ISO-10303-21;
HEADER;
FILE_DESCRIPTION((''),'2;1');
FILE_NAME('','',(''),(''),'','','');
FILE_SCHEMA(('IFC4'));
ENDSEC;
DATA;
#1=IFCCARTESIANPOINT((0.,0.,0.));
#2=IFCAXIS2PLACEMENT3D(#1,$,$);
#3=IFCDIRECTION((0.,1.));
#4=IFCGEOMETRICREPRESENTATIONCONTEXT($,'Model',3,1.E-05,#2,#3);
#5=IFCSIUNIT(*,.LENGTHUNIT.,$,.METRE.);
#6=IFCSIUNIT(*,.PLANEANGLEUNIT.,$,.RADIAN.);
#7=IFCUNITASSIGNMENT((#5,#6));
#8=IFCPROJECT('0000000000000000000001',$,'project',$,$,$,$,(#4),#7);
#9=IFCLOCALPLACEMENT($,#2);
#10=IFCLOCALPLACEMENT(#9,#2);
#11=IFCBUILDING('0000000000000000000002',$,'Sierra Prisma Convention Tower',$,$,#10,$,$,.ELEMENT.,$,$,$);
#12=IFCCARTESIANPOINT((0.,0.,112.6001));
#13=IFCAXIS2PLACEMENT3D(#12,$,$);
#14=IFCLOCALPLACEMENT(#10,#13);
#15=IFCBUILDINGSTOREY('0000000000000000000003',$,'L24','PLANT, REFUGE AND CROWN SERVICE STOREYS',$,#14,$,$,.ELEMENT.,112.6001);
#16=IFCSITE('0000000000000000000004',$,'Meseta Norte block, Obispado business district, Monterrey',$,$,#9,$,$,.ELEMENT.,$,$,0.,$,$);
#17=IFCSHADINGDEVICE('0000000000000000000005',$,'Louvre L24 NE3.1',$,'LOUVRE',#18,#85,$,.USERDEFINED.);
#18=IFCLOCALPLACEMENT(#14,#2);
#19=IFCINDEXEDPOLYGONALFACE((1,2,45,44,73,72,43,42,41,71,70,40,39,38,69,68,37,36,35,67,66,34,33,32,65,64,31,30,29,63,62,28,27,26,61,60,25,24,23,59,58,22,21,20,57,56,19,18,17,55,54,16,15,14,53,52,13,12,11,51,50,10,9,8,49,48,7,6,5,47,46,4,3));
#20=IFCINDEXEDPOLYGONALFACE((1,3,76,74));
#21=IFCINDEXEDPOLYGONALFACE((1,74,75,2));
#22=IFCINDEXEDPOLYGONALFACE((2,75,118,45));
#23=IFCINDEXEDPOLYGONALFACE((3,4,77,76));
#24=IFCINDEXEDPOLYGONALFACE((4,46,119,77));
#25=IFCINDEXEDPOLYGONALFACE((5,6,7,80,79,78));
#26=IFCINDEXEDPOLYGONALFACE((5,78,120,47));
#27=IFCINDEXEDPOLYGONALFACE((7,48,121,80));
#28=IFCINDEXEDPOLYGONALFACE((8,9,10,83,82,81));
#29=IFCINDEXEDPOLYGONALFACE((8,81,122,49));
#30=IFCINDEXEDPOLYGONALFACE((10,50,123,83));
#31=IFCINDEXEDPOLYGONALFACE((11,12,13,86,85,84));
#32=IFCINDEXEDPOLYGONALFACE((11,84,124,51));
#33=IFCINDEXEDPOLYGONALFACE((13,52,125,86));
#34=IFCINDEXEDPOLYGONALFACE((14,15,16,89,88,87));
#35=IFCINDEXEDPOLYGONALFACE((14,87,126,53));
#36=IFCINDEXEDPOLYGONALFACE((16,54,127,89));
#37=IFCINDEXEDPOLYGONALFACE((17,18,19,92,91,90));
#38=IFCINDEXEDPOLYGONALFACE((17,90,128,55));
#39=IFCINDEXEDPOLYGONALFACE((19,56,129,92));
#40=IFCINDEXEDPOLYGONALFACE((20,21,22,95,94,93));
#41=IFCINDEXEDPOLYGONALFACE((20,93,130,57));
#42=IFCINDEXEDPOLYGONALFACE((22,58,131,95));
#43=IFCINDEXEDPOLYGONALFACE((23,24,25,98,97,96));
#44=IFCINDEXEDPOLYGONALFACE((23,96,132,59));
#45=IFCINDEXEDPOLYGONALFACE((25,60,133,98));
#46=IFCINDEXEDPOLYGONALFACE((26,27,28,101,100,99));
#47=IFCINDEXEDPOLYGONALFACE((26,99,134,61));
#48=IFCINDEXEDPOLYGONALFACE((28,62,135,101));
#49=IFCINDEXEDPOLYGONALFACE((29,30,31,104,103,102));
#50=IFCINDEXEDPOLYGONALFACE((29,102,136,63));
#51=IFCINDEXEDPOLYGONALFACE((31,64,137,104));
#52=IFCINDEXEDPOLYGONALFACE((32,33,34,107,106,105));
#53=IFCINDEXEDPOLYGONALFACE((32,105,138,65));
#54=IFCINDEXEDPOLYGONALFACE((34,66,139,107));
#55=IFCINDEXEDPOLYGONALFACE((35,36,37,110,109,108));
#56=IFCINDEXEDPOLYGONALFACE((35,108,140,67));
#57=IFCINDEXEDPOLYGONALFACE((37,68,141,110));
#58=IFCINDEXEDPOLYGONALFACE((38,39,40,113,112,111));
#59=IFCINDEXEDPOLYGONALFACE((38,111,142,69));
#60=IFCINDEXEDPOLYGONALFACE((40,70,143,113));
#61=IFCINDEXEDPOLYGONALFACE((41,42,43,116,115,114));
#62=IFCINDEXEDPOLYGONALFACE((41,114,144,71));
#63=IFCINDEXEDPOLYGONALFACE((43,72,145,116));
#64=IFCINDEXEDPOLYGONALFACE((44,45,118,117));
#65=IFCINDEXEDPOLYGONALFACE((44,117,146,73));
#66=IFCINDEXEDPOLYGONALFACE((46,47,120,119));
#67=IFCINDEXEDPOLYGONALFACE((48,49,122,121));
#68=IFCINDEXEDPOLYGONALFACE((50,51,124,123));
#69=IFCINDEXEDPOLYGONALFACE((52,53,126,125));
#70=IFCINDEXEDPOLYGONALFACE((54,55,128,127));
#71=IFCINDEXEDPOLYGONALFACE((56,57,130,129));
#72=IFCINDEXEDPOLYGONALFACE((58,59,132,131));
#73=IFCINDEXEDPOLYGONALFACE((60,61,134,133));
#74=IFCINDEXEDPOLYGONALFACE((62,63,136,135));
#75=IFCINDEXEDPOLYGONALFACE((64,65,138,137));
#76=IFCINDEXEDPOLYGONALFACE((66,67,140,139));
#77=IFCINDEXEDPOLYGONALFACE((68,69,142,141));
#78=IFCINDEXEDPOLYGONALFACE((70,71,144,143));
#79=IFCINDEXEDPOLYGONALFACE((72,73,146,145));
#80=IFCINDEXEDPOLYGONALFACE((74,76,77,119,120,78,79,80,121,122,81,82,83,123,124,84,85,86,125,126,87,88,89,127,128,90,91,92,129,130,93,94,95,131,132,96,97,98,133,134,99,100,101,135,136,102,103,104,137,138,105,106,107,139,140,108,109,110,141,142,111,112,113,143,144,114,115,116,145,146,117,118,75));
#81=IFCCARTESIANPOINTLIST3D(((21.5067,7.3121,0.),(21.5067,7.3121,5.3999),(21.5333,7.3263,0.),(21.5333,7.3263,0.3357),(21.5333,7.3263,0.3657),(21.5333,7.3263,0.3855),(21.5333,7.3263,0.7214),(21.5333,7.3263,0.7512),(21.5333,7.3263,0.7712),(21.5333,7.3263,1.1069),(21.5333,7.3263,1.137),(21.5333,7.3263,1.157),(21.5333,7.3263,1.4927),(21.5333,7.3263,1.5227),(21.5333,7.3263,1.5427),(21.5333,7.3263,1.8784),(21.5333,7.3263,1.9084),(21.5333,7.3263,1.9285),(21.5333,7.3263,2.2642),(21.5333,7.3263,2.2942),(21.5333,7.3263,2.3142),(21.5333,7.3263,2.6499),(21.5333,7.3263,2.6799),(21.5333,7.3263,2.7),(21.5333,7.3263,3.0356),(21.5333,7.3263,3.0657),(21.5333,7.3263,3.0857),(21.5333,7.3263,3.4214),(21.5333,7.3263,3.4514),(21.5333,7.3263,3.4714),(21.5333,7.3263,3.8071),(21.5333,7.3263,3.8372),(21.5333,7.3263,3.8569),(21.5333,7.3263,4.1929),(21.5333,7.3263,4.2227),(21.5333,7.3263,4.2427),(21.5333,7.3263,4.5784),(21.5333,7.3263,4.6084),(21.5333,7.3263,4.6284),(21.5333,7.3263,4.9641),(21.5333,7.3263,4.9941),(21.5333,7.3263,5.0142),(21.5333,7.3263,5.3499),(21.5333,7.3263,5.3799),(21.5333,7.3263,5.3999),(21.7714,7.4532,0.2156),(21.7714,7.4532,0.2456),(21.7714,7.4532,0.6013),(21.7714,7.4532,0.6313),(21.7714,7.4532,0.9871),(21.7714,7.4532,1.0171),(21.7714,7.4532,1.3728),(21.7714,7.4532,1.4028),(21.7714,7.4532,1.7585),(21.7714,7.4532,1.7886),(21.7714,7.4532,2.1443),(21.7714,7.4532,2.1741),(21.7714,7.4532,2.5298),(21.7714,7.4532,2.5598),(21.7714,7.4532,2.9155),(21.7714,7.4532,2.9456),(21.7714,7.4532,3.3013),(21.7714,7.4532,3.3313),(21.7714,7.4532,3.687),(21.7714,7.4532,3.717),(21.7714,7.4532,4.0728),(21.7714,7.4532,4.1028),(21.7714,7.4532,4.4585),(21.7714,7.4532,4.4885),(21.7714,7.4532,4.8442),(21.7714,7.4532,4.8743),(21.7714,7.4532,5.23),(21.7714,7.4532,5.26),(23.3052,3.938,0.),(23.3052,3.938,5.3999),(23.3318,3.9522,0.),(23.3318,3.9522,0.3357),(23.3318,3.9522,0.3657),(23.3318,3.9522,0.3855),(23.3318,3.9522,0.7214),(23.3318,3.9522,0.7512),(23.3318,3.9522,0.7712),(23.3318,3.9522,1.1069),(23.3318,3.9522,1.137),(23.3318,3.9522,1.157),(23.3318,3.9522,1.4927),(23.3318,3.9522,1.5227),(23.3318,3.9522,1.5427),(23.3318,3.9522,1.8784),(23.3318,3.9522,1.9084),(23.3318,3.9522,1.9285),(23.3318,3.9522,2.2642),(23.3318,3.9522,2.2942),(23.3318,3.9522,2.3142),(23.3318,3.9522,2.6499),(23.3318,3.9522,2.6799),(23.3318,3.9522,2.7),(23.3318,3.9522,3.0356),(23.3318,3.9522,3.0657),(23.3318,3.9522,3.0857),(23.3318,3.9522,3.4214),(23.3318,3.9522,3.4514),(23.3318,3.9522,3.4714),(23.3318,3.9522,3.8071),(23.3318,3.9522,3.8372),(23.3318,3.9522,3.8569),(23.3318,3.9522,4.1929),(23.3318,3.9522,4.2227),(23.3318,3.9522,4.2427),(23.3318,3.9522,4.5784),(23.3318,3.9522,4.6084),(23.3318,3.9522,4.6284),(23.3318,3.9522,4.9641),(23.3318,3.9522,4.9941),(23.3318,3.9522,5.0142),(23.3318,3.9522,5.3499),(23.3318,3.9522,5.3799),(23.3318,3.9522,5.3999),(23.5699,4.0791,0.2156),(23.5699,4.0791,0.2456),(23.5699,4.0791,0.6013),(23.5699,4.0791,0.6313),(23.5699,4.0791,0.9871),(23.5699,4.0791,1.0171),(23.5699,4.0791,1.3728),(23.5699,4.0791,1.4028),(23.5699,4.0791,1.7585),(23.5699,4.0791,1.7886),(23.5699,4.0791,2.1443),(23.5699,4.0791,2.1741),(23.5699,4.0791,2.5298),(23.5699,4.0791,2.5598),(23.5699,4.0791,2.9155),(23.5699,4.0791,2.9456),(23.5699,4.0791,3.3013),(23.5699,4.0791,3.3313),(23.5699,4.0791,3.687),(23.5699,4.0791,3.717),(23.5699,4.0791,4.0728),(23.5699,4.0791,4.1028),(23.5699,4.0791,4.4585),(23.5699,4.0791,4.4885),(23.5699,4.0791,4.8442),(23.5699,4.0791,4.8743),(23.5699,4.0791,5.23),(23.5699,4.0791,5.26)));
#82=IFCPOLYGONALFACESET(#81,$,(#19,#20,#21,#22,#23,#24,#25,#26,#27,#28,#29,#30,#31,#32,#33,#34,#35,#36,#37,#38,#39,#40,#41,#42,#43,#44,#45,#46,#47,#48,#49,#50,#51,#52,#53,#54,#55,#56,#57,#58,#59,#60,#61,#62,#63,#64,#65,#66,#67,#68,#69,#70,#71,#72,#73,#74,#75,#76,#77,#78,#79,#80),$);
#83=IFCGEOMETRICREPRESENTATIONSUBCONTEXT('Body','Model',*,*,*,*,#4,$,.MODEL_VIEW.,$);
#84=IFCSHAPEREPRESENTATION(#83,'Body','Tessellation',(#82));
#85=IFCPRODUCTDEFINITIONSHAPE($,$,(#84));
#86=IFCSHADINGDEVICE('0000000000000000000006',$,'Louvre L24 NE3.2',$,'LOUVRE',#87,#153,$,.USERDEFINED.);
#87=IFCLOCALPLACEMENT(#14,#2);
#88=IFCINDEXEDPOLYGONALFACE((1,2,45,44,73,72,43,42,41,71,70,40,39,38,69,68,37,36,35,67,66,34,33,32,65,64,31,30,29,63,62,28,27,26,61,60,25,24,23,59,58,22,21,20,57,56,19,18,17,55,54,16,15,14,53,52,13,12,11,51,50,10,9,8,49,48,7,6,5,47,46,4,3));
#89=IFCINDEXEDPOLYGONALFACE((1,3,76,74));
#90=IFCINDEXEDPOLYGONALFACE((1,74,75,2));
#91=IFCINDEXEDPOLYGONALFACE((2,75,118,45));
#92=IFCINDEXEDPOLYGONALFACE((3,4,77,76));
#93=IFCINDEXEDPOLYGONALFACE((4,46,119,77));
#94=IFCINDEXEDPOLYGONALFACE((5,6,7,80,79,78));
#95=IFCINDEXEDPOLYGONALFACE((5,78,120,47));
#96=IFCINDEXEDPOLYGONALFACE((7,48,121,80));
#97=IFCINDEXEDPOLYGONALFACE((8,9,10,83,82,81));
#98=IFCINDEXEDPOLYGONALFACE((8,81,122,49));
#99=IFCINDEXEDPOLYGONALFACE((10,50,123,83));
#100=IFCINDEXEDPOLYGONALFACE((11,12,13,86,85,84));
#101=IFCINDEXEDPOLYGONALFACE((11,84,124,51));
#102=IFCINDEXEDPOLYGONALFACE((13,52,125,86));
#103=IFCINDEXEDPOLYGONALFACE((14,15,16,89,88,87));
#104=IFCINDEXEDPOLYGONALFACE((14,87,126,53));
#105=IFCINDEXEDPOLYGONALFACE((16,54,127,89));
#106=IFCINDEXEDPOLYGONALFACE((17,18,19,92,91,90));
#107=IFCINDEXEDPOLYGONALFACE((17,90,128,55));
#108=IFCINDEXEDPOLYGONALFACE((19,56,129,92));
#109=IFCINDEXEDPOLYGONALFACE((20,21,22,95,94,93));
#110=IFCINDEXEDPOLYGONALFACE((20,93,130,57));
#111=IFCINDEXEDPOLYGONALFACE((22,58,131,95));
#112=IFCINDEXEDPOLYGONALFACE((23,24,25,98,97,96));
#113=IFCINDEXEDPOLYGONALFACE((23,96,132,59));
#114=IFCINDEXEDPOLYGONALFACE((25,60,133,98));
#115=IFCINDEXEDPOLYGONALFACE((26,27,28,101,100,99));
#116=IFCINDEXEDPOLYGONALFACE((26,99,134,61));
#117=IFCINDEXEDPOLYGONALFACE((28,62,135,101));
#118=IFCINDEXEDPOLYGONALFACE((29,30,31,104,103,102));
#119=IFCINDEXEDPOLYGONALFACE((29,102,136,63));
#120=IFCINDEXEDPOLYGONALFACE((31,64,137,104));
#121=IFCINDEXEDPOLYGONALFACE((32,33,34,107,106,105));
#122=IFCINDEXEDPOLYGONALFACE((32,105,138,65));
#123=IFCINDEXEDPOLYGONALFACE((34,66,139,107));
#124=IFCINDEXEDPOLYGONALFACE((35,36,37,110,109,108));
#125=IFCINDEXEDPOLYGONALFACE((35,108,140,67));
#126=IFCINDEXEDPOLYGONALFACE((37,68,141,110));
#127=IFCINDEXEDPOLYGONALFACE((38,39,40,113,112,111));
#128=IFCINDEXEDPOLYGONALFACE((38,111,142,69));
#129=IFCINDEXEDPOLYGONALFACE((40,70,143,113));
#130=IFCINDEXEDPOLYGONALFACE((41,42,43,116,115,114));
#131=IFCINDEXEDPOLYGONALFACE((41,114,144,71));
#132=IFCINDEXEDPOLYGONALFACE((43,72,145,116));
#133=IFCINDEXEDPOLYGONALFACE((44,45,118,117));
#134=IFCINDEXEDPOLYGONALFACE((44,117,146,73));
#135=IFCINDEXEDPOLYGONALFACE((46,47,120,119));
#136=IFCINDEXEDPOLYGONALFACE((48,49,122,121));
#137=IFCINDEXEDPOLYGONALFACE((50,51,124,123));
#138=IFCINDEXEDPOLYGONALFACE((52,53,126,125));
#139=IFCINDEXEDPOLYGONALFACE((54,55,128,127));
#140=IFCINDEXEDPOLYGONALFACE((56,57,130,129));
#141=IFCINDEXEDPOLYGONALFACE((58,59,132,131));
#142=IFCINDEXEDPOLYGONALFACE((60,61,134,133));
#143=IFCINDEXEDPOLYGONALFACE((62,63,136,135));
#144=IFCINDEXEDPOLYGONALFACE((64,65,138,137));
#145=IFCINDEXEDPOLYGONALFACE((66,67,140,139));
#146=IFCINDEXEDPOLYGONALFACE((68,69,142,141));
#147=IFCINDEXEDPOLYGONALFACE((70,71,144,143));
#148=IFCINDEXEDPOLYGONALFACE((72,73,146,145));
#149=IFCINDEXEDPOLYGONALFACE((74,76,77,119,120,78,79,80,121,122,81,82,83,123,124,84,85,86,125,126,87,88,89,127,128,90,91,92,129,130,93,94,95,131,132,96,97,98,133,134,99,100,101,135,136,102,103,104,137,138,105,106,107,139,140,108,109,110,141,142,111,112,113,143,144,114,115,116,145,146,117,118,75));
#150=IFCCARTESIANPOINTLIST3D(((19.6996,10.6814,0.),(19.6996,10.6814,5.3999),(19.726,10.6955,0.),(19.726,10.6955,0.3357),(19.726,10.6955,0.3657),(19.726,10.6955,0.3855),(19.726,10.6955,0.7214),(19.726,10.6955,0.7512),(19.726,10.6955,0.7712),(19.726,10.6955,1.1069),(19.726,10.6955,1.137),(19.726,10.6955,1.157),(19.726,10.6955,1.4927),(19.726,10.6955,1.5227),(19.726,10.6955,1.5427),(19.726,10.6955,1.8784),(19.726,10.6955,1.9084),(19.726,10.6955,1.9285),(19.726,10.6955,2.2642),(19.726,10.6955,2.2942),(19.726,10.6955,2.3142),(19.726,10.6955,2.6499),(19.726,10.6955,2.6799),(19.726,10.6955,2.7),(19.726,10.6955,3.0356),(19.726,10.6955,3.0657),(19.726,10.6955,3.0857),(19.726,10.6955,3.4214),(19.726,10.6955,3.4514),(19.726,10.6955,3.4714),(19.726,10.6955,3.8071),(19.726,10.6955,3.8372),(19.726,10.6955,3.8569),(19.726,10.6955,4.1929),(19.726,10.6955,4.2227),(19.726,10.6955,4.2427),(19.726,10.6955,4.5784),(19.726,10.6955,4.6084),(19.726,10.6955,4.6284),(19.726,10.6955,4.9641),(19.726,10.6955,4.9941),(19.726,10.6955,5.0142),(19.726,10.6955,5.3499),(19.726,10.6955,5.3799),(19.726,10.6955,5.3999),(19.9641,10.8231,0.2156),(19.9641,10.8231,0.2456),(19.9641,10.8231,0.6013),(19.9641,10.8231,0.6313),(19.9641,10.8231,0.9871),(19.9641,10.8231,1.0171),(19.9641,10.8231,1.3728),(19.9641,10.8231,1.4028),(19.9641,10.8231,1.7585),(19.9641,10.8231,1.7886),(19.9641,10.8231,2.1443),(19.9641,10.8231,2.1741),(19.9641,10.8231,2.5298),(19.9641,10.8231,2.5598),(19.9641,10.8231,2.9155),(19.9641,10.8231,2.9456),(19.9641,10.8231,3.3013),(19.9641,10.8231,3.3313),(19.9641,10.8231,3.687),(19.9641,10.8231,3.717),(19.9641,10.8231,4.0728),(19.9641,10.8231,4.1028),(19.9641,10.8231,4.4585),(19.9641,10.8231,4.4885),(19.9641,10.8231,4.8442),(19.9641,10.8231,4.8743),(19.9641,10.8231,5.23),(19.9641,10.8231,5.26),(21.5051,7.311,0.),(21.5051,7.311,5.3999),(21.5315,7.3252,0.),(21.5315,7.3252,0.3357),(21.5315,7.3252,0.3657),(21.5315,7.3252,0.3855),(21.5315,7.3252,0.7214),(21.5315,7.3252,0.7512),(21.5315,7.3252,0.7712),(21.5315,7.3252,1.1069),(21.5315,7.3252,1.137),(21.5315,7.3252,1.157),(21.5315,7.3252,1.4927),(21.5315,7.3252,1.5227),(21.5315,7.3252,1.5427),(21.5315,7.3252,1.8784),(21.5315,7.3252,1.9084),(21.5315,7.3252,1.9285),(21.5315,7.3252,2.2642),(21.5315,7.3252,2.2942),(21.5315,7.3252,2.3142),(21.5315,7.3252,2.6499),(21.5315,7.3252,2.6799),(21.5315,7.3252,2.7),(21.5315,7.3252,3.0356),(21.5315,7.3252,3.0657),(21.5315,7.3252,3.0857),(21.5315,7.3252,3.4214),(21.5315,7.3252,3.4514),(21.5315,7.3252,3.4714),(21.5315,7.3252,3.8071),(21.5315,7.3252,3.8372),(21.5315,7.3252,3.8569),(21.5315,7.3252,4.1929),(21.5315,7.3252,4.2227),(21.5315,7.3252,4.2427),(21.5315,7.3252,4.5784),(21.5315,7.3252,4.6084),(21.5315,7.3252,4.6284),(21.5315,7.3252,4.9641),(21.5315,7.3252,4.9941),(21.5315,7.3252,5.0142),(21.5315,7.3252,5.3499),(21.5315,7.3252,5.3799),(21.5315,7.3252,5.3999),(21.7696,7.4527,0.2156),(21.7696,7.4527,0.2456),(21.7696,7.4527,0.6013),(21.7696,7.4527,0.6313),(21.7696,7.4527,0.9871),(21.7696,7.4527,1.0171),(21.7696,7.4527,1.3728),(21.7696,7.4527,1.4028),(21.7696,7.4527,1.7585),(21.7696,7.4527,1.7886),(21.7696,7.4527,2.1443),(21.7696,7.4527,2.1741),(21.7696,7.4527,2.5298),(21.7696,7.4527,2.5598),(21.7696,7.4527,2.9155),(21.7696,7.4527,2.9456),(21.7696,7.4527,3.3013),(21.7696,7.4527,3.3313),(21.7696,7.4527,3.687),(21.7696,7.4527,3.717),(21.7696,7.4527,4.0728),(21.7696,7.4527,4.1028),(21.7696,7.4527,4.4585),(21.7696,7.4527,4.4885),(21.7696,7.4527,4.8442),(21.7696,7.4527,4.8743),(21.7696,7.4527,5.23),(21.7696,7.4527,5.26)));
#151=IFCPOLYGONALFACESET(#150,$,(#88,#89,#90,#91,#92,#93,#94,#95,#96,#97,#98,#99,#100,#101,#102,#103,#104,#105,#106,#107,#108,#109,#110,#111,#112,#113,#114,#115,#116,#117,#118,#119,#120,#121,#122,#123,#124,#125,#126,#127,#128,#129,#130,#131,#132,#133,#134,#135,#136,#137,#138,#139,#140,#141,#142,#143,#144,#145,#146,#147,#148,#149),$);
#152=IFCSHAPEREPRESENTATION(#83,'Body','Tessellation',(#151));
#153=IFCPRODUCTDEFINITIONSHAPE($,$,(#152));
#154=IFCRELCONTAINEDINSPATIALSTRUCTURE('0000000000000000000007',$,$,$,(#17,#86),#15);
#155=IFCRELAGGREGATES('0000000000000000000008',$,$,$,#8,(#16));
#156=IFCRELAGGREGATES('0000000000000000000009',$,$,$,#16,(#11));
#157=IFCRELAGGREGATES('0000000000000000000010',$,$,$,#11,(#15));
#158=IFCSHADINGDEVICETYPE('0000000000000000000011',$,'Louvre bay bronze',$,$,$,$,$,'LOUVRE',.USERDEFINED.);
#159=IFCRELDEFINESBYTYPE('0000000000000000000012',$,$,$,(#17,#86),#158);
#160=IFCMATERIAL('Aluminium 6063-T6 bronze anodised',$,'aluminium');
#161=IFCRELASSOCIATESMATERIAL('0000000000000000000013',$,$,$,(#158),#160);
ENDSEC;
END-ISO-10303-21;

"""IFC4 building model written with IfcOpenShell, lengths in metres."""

from ifc_helpers import new_model, si_unit, direction, frame, origin, place, context, subcontext, project, spatial, polyline, outline, extrude, material, type_object, element, save


model = new_model("IFC4")

# Units and contexts
model_context = context("Model", 3, precision=1e-05, world=origin(), true_north=direction((0.0, 1.0)))
body_context = subcontext(model_context, "Body", "Model", "MODEL_VIEW")
ifc_project = project(units=[si_unit("LENGTHUNIT", "METRE"), si_unit("PLANEANGLEUNIT", "RADIAN")], contexts=[model_context])

# Site, building, storey
site_placement = place(None, origin())
site = spatial("IfcSite", under=ifc_project, at=site_placement, Name="Meseta Norte block, Obispado business district, Monterrey", CompositionType="ELEMENT", RefElevation=0.0)
building_placement = place(site_placement, origin())
building = spatial("IfcBuilding", under=site, at=building_placement, Name="Sierra Prisma Convention Tower", CompositionType="ELEMENT")
storey_placement = place(building_placement, frame((0.0, 0.0, 112.6001)))
storey = spatial("IfcBuildingStorey", under=building, at=storey_placement, Name="L24", Description="PLANT, REFUGE AND CROWN SERVICE STOREYS", CompositionType="ELEMENT", Elevation=112.6001)

# Shading devices
ifc_material_1 = material(Name="Aluminium 6063-T6 bronze anodised", Category="aluminium")
shading_device_type = type_object("IfcShadingDeviceType", Name="Louvre bay bronze", ElementType="LOUVRE", PredefinedType="USERDEFINED", material=ifc_material_1)
shading_device_1_placement = place(storey_placement, frame((23.3052, 3.938, 0.0), z_axis=(0.470382, -0.882463, 0.0), x_axis=(0.0, 0.0, 1.0)))
element("IfcShadingDevice", 1, at=shading_device_1_placement, inside=storey, type_object=shading_device_type, Name="Louvre L24 NE3.1", ObjectType="LOUVRE", PredefinedType="USERDEFINED", context=body_context, shape_type="SweptSolid", body=[
    extrude(outline(polyline([(0.0, 0.0), (5.3999, 0.0), (5.3999, -0.0301), (5.3799, -0.0301), (5.26, -0.3), (5.23, -0.3), (5.3499, -0.0301), (5.0142, -0.0301), (4.9941, -0.0301), (4.8743, -0.3), (4.8442, -0.3), (4.9641, -0.0301), (4.6284, -0.0301), (4.6084, -0.0301), (4.4885, -0.3), (4.4585, -0.3), (4.5784, -0.0301), (4.2427, -0.0301), (4.2227, -0.0301), (4.1028, -0.3), (4.0728, -0.3), (4.1929, -0.0301), (3.8569, -0.0301), (3.8372, -0.0301), (3.717, -0.3), (3.687, -0.3), (3.8071, -0.0301), (3.4714, -0.0301), (3.4514, -0.0301), (3.3313, -0.3), (3.3013, -0.3), (3.4214, -0.0301), (3.0857, -0.0301), (3.0657, -0.0301), (2.9456, -0.3), (2.9155, -0.3), (3.0356, -0.0301), (2.7, -0.0301), (2.6799, -0.0301), (2.5598, -0.3), (2.5298, -0.3), (2.6499, -0.0301), (2.3142, -0.0301), (2.2942, -0.0301), (2.1741, -0.3), (2.1443, -0.3), (2.2642, -0.0301), (1.9285, -0.0301), (1.9084, -0.0301), (1.7886, -0.3), (1.7585, -0.3), (1.8784, -0.0301), (1.5427, -0.0301), (1.5227, -0.0301), (1.4028, -0.3), (1.3728, -0.3), (1.4927, -0.0301), (1.157, -0.0301), (1.137, -0.0301), (1.0171, -0.3), (0.9871, -0.3), (1.1069, -0.0301), (0.7712, -0.0301), (0.7512, -0.0301), (0.6313, -0.3), (0.6013, -0.3), (0.7214, -0.0301), (0.3855, -0.0301), (0.3657, -0.0301), (0.2456, -0.3), (0.2156, -0.3), (0.3357, -0.0301), (0.0, -0.0301), (0.0, 0.0)])), origin(), (0.0, 0.0, -1.0), 3.8235),
])
shading_device_2_placement = place(storey_placement, frame((21.5051, 7.311, 0.0), z_axis=(0.472215, -0.881483, 0.0), x_axis=(0.0, 0.0, 1.0)))
element("IfcShadingDevice", 2, at=shading_device_2_placement, inside=storey, type_object=shading_device_type, Name="Louvre L24 NE3.2", ObjectType="LOUVRE", PredefinedType="USERDEFINED", context=body_context, shape_type="SweptSolid", body=[
    extrude(outline(polyline([(0.0, 0.0), (5.3999, 0.0), (5.3999, -0.0299), (5.3799, -0.0299), (5.26, -0.3), (5.23, -0.3), (5.3499, -0.0299), (5.0142, -0.0299), (4.9941, -0.0299), (4.8743, -0.3), (4.8442, -0.3), (4.9641, -0.0299), (4.6284, -0.0299), (4.6084, -0.0299), (4.4885, -0.3), (4.4585, -0.3), (4.5784, -0.0299), (4.2427, -0.0299), (4.2227, -0.0299), (4.1028, -0.3), (4.0728, -0.3), (4.1929, -0.0299), (3.8569, -0.0299), (3.8372, -0.0299), (3.717, -0.3), (3.687, -0.3), (3.8071, -0.0299), (3.4714, -0.0299), (3.4514, -0.0299), (3.3313, -0.3), (3.3013, -0.3), (3.4214, -0.0299), (3.0857, -0.0299), (3.0657, -0.0299), (2.9456, -0.3), (2.9155, -0.3), (3.0356, -0.0299), (2.7, -0.0299), (2.6799, -0.0299), (2.5598, -0.3), (2.5298, -0.3), (2.6499, -0.0299), (2.3142, -0.0299), (2.2942, -0.0299), (2.1741, -0.3), (2.1443, -0.3), (2.2642, -0.0299), (1.9285, -0.0299), (1.9084, -0.0299), (1.7886, -0.3), (1.7585, -0.3), (1.8784, -0.0299), (1.5427, -0.0299), (1.5227, -0.0299), (1.4028, -0.3), (1.3728, -0.3), (1.4927, -0.0299), (1.157, -0.0299), (1.137, -0.0299), (1.0171, -0.3), (0.9871, -0.3), (1.1069, -0.0299), (0.7712, -0.0299), (0.7512, -0.0299), (0.6313, -0.3), (0.6013, -0.3), (0.7214, -0.0299), (0.3855, -0.0299), (0.3657, -0.0299), (0.2456, -0.3), (0.2156, -0.3), (0.3357, -0.0299), (0.0, -0.0299), (0.0, 0.0)])), origin(), (0.0, 0.0, -1.0), 3.8235),
])

save(model, "model.ifc")
